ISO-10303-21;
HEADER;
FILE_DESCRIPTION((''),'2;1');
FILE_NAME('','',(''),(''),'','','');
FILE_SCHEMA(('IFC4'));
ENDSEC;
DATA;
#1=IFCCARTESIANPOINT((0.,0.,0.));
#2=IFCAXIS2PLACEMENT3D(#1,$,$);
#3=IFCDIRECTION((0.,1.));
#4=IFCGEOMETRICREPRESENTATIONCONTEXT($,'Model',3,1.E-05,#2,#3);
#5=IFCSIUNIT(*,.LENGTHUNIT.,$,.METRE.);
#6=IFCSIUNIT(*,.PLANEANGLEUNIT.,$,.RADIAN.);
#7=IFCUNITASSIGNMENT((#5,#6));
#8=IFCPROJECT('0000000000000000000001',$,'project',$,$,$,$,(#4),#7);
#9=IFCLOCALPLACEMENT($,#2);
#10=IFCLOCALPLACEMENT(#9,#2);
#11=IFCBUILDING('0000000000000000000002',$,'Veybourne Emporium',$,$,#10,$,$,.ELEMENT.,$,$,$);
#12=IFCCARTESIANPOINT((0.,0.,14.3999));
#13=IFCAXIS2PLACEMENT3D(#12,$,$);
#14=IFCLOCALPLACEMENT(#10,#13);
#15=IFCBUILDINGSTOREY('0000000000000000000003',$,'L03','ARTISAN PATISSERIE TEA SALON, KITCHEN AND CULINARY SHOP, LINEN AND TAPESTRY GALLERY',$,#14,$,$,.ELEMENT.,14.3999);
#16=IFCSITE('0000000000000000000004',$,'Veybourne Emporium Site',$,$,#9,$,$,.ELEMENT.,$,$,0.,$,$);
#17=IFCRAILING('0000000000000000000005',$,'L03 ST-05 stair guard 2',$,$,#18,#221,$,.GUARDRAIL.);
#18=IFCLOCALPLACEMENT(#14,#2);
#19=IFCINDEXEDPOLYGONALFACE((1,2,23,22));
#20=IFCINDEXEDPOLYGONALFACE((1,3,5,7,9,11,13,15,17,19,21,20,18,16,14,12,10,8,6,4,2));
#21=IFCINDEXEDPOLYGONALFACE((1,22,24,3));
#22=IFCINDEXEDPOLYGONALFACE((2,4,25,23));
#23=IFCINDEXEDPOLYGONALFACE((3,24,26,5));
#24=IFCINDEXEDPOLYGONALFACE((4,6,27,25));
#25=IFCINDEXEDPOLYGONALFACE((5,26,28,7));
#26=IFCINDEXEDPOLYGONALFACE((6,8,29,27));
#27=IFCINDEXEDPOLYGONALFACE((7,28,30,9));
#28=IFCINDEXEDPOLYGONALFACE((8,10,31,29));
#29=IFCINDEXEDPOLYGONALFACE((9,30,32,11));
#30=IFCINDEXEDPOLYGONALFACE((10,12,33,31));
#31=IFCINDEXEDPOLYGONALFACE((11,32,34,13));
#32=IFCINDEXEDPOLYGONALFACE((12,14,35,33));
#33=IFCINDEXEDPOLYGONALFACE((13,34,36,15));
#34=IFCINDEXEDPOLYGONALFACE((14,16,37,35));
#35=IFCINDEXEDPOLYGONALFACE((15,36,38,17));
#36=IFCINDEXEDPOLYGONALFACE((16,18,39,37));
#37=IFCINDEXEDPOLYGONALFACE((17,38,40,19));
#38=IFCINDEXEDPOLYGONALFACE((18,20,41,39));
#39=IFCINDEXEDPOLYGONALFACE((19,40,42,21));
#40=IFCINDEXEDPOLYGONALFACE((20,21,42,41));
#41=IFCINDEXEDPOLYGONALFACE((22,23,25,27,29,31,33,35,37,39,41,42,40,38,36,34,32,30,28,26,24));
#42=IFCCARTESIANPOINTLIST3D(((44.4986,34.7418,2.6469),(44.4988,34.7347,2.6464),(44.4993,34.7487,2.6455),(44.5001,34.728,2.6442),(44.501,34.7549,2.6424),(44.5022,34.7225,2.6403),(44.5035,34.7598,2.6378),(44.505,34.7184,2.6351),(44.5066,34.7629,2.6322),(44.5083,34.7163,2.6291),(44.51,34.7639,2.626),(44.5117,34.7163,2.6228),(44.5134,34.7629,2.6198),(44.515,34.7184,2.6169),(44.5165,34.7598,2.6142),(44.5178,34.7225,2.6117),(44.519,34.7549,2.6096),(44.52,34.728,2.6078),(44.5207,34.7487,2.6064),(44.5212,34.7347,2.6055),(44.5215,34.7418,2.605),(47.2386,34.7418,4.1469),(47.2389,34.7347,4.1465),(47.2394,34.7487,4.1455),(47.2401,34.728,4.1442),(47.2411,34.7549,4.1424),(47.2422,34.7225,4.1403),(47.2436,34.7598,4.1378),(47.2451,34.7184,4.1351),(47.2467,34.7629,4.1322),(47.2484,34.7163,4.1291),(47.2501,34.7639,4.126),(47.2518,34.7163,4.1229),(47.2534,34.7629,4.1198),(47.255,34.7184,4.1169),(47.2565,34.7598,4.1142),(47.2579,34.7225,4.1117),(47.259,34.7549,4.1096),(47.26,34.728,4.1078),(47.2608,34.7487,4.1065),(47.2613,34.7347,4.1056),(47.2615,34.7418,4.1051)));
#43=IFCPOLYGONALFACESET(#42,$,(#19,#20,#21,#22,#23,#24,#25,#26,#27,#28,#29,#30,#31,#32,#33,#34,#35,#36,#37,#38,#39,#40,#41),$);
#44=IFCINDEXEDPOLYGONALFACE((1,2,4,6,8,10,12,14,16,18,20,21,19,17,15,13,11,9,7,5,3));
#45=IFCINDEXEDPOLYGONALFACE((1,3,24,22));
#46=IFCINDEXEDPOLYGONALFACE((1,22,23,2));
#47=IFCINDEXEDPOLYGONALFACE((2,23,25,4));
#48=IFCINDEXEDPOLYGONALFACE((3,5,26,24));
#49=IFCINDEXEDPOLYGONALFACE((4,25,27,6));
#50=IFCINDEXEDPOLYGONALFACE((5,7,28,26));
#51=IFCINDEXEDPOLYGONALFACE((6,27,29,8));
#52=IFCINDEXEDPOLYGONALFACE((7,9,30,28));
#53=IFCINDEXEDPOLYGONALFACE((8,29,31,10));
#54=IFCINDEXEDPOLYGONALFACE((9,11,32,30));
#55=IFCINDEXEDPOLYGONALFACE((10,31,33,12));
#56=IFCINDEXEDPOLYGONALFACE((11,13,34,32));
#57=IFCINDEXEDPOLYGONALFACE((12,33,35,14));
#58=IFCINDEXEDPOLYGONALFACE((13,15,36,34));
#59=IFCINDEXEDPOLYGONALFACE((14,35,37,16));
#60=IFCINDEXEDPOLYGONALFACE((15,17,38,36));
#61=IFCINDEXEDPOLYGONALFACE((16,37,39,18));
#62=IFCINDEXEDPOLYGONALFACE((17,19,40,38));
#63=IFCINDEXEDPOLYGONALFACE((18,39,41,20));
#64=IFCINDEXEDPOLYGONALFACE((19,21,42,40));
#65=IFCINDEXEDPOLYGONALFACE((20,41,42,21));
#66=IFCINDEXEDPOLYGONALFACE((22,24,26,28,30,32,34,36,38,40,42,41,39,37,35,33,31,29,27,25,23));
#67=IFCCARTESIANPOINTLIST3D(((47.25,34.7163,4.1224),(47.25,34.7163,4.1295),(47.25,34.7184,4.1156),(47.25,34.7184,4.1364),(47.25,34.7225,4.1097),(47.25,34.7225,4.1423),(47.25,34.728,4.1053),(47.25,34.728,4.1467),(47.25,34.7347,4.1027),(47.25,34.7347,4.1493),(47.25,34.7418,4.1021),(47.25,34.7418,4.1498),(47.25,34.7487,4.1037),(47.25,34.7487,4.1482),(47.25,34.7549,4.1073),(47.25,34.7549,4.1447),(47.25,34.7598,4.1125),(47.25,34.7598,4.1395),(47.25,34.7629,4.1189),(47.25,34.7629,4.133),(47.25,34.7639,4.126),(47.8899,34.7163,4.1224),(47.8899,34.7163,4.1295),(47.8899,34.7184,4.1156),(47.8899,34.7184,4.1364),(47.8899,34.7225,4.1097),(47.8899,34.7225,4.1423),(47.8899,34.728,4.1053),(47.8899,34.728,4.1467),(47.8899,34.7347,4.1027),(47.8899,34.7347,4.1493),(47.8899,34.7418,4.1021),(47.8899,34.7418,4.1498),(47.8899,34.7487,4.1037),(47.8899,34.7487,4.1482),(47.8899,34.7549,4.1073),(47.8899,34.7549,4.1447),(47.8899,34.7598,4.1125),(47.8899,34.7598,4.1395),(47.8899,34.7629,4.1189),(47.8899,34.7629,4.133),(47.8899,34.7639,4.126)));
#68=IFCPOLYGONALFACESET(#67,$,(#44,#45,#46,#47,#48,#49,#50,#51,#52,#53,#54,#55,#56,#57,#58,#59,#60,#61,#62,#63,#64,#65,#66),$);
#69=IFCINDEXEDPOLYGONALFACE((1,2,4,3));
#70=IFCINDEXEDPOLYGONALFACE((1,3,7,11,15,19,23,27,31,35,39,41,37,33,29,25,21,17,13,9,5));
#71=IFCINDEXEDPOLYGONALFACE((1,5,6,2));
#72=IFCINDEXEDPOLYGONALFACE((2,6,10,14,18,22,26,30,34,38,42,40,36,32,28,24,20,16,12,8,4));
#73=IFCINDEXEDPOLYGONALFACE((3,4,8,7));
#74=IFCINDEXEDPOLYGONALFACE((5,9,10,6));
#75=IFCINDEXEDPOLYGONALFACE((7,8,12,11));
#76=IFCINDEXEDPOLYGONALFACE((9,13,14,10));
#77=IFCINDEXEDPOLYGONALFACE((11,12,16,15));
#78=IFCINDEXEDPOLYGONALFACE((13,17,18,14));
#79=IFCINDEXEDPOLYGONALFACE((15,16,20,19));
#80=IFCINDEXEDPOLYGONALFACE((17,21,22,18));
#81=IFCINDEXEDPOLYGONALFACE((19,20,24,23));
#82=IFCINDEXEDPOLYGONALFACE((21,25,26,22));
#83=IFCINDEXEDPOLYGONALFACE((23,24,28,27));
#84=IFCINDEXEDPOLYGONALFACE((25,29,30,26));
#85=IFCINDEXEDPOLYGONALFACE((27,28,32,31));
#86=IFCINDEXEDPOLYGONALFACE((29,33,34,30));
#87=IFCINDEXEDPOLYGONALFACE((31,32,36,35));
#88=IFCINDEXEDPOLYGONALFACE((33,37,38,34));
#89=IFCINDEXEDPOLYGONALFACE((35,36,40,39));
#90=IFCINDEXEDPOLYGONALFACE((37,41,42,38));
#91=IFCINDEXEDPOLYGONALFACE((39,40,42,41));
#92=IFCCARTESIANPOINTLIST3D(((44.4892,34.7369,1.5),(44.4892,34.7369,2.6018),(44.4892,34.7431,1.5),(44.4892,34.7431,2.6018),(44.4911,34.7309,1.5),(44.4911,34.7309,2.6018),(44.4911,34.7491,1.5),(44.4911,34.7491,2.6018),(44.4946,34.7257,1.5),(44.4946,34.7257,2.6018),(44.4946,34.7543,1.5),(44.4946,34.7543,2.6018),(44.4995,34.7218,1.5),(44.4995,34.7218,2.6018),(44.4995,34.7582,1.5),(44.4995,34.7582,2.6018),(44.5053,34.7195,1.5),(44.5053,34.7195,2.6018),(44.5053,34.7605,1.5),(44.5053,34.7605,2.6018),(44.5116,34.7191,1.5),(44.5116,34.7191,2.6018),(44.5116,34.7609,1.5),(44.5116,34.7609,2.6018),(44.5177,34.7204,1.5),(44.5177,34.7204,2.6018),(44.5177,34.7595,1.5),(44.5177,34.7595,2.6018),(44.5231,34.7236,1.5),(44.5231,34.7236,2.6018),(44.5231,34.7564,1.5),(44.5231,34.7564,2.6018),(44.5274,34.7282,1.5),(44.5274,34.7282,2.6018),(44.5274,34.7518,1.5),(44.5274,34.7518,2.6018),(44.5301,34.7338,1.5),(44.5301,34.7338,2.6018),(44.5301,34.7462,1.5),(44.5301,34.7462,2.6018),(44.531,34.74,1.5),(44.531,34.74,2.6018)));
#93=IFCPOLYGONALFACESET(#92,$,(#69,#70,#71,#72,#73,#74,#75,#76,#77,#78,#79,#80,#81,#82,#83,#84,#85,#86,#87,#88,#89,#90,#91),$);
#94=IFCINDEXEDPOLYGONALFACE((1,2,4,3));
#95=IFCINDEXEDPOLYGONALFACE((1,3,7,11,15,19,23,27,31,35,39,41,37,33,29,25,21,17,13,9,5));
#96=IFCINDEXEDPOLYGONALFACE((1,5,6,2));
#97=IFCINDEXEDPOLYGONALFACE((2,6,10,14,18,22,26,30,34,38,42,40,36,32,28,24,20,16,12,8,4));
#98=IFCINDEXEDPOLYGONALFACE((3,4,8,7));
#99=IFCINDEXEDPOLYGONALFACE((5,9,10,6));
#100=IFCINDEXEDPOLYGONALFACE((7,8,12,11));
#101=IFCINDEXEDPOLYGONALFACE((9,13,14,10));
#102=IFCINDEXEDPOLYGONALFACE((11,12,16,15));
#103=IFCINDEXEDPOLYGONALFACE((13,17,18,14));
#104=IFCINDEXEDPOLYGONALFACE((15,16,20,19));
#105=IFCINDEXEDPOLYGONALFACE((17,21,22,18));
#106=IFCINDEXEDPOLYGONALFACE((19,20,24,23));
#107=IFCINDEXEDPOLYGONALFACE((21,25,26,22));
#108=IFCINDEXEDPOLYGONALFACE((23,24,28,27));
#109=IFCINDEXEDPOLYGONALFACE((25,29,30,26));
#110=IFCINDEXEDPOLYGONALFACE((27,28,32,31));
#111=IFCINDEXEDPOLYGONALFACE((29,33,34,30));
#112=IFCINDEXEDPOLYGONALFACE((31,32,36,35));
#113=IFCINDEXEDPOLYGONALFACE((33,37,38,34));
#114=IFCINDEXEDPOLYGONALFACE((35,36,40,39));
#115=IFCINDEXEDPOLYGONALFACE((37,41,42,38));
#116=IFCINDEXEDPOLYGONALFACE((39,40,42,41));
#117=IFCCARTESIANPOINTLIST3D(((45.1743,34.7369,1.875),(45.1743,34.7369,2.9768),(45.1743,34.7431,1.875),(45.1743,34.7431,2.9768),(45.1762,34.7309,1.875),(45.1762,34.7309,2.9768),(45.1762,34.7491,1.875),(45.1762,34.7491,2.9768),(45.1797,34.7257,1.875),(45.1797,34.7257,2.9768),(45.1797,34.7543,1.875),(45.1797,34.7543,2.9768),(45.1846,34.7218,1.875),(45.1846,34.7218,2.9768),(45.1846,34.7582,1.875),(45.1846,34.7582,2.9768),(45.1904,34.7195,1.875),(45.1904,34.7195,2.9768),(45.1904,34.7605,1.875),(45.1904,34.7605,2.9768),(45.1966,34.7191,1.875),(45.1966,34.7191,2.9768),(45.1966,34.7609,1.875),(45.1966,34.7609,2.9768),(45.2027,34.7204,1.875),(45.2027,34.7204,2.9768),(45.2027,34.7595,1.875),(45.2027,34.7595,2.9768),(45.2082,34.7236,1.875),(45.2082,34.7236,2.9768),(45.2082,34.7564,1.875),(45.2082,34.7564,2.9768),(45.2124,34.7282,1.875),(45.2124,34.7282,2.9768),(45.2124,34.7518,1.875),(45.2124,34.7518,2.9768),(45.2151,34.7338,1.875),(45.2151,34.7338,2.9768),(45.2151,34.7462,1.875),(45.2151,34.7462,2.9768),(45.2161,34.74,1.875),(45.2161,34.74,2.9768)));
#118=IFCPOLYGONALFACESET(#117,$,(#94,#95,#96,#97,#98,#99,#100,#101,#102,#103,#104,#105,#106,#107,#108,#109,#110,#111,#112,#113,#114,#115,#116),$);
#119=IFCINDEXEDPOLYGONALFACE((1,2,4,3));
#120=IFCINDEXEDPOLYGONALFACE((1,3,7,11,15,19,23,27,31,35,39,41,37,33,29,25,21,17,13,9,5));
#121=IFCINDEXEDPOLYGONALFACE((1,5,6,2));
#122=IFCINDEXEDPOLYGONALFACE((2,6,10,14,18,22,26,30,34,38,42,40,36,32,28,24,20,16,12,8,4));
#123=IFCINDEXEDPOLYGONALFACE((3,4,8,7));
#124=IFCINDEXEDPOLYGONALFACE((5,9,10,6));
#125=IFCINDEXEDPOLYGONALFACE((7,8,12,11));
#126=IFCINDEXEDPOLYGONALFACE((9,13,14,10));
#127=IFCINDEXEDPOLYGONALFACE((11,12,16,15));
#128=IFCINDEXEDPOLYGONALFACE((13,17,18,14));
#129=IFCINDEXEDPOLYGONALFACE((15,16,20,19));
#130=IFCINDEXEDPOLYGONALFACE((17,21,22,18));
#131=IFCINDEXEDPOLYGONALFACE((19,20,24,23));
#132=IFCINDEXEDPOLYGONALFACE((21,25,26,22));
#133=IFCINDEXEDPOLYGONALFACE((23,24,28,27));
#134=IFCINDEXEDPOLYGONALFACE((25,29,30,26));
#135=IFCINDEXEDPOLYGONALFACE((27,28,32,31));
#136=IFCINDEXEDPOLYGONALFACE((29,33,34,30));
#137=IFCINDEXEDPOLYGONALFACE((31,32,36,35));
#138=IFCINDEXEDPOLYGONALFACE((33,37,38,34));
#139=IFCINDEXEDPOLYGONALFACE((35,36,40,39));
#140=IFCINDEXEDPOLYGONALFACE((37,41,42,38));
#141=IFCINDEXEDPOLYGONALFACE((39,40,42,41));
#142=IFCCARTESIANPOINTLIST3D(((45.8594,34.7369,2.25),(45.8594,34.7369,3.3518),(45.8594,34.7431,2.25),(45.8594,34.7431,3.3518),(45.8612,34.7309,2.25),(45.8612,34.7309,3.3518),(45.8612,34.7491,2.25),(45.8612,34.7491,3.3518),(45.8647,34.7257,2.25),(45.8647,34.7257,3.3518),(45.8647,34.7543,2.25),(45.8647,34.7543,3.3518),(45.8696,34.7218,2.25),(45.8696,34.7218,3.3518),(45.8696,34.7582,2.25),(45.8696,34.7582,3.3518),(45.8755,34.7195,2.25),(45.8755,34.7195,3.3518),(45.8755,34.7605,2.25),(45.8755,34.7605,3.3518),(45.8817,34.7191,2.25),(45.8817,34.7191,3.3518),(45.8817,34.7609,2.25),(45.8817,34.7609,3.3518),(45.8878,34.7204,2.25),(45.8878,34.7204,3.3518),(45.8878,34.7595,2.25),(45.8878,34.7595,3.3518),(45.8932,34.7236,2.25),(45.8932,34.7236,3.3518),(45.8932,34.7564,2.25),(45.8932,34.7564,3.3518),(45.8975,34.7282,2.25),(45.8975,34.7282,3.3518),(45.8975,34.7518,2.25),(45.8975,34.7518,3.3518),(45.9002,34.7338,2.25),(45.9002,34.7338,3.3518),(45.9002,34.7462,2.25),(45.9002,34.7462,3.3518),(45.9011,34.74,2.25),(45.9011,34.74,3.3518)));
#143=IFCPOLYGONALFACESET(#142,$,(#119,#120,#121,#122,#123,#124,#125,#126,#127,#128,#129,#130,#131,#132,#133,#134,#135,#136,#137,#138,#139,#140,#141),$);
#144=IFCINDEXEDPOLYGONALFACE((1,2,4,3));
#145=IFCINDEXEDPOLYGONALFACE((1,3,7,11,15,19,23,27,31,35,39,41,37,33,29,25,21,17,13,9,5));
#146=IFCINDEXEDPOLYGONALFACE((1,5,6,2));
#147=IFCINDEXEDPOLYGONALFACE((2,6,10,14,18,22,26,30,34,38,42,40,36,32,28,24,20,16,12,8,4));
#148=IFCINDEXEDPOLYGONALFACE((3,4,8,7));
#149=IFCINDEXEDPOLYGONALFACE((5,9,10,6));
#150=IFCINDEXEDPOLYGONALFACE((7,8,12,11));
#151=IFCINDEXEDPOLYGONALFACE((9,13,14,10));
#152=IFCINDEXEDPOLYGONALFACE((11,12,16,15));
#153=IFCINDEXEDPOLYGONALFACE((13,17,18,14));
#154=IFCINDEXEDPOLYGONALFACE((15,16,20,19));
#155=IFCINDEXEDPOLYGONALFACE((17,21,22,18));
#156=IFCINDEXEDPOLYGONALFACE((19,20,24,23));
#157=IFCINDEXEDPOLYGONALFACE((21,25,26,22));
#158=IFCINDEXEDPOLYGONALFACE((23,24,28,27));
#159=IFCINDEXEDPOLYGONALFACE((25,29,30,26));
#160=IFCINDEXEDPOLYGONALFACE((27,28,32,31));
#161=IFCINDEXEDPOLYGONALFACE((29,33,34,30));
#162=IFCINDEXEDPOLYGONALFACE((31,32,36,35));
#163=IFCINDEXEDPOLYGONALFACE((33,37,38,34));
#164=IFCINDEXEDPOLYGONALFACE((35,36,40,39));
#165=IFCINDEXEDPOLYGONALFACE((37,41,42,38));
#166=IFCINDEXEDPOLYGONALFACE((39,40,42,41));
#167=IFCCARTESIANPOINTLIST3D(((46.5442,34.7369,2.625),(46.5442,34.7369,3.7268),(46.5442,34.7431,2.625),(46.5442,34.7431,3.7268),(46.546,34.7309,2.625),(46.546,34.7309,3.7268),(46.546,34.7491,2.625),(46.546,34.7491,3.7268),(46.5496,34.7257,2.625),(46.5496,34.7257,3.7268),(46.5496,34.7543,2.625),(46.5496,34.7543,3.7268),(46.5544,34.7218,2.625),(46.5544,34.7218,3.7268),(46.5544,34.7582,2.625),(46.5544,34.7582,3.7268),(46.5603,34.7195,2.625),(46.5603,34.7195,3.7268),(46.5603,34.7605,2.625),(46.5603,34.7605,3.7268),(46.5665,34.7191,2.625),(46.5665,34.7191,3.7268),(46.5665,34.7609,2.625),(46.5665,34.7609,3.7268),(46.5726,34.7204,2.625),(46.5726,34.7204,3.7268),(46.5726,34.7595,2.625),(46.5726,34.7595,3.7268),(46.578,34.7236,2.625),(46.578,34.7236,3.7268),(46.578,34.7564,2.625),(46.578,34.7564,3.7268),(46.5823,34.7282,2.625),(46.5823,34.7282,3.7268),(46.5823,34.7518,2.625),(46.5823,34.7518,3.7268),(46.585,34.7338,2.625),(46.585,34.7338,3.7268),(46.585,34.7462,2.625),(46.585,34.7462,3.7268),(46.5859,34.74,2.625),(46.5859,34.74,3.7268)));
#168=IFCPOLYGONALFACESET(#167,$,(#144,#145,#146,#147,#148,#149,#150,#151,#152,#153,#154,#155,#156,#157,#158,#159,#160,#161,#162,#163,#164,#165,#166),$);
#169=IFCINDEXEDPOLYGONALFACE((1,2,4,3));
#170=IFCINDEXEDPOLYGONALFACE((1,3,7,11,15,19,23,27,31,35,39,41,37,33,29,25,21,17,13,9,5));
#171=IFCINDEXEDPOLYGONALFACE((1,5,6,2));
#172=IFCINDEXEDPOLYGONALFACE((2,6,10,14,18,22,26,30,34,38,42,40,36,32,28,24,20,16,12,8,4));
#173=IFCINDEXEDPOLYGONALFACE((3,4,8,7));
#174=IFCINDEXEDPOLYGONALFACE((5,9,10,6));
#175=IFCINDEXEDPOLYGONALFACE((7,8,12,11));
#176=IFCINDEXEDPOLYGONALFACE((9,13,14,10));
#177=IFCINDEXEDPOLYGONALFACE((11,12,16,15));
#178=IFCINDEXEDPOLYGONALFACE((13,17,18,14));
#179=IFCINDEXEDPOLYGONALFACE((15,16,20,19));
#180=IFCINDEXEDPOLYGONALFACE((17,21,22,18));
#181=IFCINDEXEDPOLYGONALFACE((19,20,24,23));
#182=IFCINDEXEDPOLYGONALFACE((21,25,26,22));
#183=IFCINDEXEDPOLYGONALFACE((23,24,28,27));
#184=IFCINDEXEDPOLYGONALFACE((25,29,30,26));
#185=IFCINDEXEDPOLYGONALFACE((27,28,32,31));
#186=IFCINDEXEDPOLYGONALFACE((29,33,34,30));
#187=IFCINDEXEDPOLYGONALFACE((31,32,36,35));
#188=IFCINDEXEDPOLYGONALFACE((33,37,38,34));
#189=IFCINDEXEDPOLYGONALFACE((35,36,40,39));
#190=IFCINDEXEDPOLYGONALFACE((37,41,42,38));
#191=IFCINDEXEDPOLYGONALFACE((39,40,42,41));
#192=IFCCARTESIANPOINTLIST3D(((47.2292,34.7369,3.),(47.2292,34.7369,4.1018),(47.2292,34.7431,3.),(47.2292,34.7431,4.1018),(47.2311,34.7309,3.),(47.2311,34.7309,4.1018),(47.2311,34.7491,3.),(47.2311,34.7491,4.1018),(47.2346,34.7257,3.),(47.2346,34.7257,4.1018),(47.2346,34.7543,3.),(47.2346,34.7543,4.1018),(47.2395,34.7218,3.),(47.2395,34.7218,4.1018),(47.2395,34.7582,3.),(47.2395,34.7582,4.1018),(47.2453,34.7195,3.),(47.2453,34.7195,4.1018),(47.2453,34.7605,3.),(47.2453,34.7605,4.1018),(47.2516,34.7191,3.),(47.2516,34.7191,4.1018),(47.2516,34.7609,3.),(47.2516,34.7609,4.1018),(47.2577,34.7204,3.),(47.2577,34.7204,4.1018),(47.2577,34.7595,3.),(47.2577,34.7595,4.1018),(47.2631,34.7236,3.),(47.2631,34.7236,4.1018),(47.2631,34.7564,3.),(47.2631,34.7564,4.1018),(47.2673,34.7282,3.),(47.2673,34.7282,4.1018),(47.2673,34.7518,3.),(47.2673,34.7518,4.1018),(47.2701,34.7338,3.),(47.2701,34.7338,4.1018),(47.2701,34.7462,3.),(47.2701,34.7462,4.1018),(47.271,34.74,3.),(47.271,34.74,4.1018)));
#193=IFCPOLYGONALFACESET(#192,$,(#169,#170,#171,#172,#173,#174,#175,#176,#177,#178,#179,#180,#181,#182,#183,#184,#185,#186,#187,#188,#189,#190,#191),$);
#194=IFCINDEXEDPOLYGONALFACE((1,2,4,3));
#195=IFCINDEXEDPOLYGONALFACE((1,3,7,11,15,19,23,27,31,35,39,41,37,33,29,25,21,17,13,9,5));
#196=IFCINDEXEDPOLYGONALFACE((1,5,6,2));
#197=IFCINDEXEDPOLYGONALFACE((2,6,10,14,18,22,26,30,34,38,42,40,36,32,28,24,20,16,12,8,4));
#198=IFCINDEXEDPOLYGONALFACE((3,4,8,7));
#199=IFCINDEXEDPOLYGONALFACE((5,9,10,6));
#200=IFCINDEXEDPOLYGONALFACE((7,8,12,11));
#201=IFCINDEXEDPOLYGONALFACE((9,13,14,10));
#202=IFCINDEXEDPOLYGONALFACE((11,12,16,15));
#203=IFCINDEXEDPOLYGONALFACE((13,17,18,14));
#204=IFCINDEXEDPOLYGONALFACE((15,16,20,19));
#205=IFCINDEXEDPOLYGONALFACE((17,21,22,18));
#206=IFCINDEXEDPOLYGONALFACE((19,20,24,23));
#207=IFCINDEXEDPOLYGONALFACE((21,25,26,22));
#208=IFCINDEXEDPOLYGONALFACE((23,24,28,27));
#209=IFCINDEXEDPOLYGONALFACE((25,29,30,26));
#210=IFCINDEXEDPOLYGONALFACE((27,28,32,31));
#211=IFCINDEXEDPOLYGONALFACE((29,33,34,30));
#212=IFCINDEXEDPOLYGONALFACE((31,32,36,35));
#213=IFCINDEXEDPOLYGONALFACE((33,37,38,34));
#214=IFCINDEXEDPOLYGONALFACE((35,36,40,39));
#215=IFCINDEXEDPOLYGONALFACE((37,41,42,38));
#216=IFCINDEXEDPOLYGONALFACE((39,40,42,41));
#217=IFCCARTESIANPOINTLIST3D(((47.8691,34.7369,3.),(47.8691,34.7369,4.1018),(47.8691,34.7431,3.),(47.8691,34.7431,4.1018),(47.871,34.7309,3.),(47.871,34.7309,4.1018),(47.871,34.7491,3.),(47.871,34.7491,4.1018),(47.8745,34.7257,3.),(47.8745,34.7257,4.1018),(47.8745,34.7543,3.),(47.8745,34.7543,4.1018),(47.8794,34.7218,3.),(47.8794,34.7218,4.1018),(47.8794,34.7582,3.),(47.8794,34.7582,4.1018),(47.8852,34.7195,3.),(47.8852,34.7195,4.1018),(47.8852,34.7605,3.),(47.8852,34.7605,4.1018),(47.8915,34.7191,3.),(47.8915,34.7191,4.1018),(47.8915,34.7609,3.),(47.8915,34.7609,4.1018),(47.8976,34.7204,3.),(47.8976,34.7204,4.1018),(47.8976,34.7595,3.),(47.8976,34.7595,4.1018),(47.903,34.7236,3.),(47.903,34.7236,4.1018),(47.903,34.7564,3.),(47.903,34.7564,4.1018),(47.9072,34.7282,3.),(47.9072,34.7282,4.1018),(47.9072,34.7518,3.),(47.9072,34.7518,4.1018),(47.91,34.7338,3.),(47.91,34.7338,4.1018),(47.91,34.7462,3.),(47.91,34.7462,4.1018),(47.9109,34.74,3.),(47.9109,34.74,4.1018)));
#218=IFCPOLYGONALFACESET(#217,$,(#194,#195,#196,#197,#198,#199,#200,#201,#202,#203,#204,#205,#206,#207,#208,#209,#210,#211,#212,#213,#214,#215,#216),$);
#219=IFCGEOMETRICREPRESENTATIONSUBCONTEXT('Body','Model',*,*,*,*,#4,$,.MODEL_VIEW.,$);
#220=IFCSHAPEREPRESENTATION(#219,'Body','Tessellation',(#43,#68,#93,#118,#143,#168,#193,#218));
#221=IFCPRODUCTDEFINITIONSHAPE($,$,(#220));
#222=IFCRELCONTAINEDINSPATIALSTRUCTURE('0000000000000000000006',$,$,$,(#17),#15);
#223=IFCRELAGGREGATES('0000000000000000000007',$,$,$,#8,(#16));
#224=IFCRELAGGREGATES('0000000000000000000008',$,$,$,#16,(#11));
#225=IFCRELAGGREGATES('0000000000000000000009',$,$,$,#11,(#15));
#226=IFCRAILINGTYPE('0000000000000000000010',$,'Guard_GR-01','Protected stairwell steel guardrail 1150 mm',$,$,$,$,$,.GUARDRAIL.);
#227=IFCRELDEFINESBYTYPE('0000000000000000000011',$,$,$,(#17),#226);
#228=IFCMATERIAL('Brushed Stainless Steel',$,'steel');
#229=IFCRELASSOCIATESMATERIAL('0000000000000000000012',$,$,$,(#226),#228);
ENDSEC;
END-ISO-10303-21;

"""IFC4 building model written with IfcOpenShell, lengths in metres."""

from ifc_helpers import new_model, si_unit, direction, frame, origin, origin_2d, place, context, subcontext, project, spatial, circle, extrude, material, type_object, element, save


model = new_model("IFC4")

# Units and contexts
model_context = context("Model", 3, precision=1e-05, world=origin(), true_north=direction((0.0, 1.0)))
body_context = subcontext(model_context, "Body", "Model", "MODEL_VIEW")
ifc_project = project(units=[si_unit("LENGTHUNIT", "METRE"), si_unit("PLANEANGLEUNIT", "RADIAN")], contexts=[model_context])

# Site, building, storey
site_placement = place(None, origin())
site = spatial("IfcSite", under=ifc_project, at=site_placement, Name="Veybourne Emporium Site", CompositionType="ELEMENT", RefElevation=0.0)
building_placement = place(site_placement, origin())
building = spatial("IfcBuilding", under=site, at=building_placement, Name="Veybourne Emporium", CompositionType="ELEMENT")
storey_placement = place(building_placement, frame((0.0, 0.0, 14.3999)))
storey = spatial("IfcBuildingStorey", under=building, at=storey_placement, Name="L03", Description="ARTISAN PATISSERIE TEA SALON, KITCHEN AND CULINARY SHOP, LINEN AND TAPESTRY GALLERY", CompositionType="ELEMENT", Elevation=14.3999)

# Railing
ifc_material_1 = material(Name="Brushed Stainless Steel", Category="steel")
railing_type_1 = type_object("IfcRailingType", Name="Guard_GR-01", Description="Protected stairwell steel guardrail 1150 mm", PredefinedType="GUARDRAIL", material=ifc_material_1)
railing_1_placement = place(storey_placement, frame((44.51, 34.74, 1.5)))
element("IfcRailing", 1, at=railing_1_placement, inside=storey, type_object=railing_type_1, Name="L03 ST-05 stair guard 2", PredefinedType="GUARDRAIL", context=body_context, shape_type="SweptSolid", body=[
    extrude(circle(Radius=0.0239, at=origin_2d()), frame((0.0, 0.0, 1.126), z_axis=(0.87716, 0.0, 0.480199), x_axis=(0.0, 1.0, 0.0)), (0.0, 0.0, 1.0), 3.1238),
    extrude(circle(Radius=0.0239, at=origin_2d()), frame((2.74, 0.0, 2.626), z_axis=(1.0, 0.0, 0.0), x_axis=(0.0, 1.0, 0.0)), (0.0, 0.0, 1.0), 0.6399),
    extrude(circle(Radius=0.021, at=origin_2d()), origin(), (0.0, 0.0, 1.0), 1.1018),
    extrude(circle(Radius=0.021, at=origin_2d()), frame((0.6851, 0.0, 0.375)), (0.0, 0.0, 1.0), 1.1018),
    extrude(circle(Radius=0.021, at=origin_2d()), frame((1.3701, 0.0, 0.75)), (0.0, 0.0, 1.0), 1.1018),
    extrude(circle(Radius=0.021, at=origin_2d()), frame((2.0549, 0.0, 1.125)), (0.0, 0.0, 1.0), 1.1018),
    extrude(circle(Radius=0.021, at=origin_2d()), frame((2.74, 0.0, 1.5)), (0.0, 0.0, 1.0), 1.1018),
    extrude(circle(Radius=0.021, at=origin_2d()), frame((3.3799, 0.0, 1.5)), (0.0, 0.0, 1.0), 1.1018),
])

save(model, "model.ifc")
